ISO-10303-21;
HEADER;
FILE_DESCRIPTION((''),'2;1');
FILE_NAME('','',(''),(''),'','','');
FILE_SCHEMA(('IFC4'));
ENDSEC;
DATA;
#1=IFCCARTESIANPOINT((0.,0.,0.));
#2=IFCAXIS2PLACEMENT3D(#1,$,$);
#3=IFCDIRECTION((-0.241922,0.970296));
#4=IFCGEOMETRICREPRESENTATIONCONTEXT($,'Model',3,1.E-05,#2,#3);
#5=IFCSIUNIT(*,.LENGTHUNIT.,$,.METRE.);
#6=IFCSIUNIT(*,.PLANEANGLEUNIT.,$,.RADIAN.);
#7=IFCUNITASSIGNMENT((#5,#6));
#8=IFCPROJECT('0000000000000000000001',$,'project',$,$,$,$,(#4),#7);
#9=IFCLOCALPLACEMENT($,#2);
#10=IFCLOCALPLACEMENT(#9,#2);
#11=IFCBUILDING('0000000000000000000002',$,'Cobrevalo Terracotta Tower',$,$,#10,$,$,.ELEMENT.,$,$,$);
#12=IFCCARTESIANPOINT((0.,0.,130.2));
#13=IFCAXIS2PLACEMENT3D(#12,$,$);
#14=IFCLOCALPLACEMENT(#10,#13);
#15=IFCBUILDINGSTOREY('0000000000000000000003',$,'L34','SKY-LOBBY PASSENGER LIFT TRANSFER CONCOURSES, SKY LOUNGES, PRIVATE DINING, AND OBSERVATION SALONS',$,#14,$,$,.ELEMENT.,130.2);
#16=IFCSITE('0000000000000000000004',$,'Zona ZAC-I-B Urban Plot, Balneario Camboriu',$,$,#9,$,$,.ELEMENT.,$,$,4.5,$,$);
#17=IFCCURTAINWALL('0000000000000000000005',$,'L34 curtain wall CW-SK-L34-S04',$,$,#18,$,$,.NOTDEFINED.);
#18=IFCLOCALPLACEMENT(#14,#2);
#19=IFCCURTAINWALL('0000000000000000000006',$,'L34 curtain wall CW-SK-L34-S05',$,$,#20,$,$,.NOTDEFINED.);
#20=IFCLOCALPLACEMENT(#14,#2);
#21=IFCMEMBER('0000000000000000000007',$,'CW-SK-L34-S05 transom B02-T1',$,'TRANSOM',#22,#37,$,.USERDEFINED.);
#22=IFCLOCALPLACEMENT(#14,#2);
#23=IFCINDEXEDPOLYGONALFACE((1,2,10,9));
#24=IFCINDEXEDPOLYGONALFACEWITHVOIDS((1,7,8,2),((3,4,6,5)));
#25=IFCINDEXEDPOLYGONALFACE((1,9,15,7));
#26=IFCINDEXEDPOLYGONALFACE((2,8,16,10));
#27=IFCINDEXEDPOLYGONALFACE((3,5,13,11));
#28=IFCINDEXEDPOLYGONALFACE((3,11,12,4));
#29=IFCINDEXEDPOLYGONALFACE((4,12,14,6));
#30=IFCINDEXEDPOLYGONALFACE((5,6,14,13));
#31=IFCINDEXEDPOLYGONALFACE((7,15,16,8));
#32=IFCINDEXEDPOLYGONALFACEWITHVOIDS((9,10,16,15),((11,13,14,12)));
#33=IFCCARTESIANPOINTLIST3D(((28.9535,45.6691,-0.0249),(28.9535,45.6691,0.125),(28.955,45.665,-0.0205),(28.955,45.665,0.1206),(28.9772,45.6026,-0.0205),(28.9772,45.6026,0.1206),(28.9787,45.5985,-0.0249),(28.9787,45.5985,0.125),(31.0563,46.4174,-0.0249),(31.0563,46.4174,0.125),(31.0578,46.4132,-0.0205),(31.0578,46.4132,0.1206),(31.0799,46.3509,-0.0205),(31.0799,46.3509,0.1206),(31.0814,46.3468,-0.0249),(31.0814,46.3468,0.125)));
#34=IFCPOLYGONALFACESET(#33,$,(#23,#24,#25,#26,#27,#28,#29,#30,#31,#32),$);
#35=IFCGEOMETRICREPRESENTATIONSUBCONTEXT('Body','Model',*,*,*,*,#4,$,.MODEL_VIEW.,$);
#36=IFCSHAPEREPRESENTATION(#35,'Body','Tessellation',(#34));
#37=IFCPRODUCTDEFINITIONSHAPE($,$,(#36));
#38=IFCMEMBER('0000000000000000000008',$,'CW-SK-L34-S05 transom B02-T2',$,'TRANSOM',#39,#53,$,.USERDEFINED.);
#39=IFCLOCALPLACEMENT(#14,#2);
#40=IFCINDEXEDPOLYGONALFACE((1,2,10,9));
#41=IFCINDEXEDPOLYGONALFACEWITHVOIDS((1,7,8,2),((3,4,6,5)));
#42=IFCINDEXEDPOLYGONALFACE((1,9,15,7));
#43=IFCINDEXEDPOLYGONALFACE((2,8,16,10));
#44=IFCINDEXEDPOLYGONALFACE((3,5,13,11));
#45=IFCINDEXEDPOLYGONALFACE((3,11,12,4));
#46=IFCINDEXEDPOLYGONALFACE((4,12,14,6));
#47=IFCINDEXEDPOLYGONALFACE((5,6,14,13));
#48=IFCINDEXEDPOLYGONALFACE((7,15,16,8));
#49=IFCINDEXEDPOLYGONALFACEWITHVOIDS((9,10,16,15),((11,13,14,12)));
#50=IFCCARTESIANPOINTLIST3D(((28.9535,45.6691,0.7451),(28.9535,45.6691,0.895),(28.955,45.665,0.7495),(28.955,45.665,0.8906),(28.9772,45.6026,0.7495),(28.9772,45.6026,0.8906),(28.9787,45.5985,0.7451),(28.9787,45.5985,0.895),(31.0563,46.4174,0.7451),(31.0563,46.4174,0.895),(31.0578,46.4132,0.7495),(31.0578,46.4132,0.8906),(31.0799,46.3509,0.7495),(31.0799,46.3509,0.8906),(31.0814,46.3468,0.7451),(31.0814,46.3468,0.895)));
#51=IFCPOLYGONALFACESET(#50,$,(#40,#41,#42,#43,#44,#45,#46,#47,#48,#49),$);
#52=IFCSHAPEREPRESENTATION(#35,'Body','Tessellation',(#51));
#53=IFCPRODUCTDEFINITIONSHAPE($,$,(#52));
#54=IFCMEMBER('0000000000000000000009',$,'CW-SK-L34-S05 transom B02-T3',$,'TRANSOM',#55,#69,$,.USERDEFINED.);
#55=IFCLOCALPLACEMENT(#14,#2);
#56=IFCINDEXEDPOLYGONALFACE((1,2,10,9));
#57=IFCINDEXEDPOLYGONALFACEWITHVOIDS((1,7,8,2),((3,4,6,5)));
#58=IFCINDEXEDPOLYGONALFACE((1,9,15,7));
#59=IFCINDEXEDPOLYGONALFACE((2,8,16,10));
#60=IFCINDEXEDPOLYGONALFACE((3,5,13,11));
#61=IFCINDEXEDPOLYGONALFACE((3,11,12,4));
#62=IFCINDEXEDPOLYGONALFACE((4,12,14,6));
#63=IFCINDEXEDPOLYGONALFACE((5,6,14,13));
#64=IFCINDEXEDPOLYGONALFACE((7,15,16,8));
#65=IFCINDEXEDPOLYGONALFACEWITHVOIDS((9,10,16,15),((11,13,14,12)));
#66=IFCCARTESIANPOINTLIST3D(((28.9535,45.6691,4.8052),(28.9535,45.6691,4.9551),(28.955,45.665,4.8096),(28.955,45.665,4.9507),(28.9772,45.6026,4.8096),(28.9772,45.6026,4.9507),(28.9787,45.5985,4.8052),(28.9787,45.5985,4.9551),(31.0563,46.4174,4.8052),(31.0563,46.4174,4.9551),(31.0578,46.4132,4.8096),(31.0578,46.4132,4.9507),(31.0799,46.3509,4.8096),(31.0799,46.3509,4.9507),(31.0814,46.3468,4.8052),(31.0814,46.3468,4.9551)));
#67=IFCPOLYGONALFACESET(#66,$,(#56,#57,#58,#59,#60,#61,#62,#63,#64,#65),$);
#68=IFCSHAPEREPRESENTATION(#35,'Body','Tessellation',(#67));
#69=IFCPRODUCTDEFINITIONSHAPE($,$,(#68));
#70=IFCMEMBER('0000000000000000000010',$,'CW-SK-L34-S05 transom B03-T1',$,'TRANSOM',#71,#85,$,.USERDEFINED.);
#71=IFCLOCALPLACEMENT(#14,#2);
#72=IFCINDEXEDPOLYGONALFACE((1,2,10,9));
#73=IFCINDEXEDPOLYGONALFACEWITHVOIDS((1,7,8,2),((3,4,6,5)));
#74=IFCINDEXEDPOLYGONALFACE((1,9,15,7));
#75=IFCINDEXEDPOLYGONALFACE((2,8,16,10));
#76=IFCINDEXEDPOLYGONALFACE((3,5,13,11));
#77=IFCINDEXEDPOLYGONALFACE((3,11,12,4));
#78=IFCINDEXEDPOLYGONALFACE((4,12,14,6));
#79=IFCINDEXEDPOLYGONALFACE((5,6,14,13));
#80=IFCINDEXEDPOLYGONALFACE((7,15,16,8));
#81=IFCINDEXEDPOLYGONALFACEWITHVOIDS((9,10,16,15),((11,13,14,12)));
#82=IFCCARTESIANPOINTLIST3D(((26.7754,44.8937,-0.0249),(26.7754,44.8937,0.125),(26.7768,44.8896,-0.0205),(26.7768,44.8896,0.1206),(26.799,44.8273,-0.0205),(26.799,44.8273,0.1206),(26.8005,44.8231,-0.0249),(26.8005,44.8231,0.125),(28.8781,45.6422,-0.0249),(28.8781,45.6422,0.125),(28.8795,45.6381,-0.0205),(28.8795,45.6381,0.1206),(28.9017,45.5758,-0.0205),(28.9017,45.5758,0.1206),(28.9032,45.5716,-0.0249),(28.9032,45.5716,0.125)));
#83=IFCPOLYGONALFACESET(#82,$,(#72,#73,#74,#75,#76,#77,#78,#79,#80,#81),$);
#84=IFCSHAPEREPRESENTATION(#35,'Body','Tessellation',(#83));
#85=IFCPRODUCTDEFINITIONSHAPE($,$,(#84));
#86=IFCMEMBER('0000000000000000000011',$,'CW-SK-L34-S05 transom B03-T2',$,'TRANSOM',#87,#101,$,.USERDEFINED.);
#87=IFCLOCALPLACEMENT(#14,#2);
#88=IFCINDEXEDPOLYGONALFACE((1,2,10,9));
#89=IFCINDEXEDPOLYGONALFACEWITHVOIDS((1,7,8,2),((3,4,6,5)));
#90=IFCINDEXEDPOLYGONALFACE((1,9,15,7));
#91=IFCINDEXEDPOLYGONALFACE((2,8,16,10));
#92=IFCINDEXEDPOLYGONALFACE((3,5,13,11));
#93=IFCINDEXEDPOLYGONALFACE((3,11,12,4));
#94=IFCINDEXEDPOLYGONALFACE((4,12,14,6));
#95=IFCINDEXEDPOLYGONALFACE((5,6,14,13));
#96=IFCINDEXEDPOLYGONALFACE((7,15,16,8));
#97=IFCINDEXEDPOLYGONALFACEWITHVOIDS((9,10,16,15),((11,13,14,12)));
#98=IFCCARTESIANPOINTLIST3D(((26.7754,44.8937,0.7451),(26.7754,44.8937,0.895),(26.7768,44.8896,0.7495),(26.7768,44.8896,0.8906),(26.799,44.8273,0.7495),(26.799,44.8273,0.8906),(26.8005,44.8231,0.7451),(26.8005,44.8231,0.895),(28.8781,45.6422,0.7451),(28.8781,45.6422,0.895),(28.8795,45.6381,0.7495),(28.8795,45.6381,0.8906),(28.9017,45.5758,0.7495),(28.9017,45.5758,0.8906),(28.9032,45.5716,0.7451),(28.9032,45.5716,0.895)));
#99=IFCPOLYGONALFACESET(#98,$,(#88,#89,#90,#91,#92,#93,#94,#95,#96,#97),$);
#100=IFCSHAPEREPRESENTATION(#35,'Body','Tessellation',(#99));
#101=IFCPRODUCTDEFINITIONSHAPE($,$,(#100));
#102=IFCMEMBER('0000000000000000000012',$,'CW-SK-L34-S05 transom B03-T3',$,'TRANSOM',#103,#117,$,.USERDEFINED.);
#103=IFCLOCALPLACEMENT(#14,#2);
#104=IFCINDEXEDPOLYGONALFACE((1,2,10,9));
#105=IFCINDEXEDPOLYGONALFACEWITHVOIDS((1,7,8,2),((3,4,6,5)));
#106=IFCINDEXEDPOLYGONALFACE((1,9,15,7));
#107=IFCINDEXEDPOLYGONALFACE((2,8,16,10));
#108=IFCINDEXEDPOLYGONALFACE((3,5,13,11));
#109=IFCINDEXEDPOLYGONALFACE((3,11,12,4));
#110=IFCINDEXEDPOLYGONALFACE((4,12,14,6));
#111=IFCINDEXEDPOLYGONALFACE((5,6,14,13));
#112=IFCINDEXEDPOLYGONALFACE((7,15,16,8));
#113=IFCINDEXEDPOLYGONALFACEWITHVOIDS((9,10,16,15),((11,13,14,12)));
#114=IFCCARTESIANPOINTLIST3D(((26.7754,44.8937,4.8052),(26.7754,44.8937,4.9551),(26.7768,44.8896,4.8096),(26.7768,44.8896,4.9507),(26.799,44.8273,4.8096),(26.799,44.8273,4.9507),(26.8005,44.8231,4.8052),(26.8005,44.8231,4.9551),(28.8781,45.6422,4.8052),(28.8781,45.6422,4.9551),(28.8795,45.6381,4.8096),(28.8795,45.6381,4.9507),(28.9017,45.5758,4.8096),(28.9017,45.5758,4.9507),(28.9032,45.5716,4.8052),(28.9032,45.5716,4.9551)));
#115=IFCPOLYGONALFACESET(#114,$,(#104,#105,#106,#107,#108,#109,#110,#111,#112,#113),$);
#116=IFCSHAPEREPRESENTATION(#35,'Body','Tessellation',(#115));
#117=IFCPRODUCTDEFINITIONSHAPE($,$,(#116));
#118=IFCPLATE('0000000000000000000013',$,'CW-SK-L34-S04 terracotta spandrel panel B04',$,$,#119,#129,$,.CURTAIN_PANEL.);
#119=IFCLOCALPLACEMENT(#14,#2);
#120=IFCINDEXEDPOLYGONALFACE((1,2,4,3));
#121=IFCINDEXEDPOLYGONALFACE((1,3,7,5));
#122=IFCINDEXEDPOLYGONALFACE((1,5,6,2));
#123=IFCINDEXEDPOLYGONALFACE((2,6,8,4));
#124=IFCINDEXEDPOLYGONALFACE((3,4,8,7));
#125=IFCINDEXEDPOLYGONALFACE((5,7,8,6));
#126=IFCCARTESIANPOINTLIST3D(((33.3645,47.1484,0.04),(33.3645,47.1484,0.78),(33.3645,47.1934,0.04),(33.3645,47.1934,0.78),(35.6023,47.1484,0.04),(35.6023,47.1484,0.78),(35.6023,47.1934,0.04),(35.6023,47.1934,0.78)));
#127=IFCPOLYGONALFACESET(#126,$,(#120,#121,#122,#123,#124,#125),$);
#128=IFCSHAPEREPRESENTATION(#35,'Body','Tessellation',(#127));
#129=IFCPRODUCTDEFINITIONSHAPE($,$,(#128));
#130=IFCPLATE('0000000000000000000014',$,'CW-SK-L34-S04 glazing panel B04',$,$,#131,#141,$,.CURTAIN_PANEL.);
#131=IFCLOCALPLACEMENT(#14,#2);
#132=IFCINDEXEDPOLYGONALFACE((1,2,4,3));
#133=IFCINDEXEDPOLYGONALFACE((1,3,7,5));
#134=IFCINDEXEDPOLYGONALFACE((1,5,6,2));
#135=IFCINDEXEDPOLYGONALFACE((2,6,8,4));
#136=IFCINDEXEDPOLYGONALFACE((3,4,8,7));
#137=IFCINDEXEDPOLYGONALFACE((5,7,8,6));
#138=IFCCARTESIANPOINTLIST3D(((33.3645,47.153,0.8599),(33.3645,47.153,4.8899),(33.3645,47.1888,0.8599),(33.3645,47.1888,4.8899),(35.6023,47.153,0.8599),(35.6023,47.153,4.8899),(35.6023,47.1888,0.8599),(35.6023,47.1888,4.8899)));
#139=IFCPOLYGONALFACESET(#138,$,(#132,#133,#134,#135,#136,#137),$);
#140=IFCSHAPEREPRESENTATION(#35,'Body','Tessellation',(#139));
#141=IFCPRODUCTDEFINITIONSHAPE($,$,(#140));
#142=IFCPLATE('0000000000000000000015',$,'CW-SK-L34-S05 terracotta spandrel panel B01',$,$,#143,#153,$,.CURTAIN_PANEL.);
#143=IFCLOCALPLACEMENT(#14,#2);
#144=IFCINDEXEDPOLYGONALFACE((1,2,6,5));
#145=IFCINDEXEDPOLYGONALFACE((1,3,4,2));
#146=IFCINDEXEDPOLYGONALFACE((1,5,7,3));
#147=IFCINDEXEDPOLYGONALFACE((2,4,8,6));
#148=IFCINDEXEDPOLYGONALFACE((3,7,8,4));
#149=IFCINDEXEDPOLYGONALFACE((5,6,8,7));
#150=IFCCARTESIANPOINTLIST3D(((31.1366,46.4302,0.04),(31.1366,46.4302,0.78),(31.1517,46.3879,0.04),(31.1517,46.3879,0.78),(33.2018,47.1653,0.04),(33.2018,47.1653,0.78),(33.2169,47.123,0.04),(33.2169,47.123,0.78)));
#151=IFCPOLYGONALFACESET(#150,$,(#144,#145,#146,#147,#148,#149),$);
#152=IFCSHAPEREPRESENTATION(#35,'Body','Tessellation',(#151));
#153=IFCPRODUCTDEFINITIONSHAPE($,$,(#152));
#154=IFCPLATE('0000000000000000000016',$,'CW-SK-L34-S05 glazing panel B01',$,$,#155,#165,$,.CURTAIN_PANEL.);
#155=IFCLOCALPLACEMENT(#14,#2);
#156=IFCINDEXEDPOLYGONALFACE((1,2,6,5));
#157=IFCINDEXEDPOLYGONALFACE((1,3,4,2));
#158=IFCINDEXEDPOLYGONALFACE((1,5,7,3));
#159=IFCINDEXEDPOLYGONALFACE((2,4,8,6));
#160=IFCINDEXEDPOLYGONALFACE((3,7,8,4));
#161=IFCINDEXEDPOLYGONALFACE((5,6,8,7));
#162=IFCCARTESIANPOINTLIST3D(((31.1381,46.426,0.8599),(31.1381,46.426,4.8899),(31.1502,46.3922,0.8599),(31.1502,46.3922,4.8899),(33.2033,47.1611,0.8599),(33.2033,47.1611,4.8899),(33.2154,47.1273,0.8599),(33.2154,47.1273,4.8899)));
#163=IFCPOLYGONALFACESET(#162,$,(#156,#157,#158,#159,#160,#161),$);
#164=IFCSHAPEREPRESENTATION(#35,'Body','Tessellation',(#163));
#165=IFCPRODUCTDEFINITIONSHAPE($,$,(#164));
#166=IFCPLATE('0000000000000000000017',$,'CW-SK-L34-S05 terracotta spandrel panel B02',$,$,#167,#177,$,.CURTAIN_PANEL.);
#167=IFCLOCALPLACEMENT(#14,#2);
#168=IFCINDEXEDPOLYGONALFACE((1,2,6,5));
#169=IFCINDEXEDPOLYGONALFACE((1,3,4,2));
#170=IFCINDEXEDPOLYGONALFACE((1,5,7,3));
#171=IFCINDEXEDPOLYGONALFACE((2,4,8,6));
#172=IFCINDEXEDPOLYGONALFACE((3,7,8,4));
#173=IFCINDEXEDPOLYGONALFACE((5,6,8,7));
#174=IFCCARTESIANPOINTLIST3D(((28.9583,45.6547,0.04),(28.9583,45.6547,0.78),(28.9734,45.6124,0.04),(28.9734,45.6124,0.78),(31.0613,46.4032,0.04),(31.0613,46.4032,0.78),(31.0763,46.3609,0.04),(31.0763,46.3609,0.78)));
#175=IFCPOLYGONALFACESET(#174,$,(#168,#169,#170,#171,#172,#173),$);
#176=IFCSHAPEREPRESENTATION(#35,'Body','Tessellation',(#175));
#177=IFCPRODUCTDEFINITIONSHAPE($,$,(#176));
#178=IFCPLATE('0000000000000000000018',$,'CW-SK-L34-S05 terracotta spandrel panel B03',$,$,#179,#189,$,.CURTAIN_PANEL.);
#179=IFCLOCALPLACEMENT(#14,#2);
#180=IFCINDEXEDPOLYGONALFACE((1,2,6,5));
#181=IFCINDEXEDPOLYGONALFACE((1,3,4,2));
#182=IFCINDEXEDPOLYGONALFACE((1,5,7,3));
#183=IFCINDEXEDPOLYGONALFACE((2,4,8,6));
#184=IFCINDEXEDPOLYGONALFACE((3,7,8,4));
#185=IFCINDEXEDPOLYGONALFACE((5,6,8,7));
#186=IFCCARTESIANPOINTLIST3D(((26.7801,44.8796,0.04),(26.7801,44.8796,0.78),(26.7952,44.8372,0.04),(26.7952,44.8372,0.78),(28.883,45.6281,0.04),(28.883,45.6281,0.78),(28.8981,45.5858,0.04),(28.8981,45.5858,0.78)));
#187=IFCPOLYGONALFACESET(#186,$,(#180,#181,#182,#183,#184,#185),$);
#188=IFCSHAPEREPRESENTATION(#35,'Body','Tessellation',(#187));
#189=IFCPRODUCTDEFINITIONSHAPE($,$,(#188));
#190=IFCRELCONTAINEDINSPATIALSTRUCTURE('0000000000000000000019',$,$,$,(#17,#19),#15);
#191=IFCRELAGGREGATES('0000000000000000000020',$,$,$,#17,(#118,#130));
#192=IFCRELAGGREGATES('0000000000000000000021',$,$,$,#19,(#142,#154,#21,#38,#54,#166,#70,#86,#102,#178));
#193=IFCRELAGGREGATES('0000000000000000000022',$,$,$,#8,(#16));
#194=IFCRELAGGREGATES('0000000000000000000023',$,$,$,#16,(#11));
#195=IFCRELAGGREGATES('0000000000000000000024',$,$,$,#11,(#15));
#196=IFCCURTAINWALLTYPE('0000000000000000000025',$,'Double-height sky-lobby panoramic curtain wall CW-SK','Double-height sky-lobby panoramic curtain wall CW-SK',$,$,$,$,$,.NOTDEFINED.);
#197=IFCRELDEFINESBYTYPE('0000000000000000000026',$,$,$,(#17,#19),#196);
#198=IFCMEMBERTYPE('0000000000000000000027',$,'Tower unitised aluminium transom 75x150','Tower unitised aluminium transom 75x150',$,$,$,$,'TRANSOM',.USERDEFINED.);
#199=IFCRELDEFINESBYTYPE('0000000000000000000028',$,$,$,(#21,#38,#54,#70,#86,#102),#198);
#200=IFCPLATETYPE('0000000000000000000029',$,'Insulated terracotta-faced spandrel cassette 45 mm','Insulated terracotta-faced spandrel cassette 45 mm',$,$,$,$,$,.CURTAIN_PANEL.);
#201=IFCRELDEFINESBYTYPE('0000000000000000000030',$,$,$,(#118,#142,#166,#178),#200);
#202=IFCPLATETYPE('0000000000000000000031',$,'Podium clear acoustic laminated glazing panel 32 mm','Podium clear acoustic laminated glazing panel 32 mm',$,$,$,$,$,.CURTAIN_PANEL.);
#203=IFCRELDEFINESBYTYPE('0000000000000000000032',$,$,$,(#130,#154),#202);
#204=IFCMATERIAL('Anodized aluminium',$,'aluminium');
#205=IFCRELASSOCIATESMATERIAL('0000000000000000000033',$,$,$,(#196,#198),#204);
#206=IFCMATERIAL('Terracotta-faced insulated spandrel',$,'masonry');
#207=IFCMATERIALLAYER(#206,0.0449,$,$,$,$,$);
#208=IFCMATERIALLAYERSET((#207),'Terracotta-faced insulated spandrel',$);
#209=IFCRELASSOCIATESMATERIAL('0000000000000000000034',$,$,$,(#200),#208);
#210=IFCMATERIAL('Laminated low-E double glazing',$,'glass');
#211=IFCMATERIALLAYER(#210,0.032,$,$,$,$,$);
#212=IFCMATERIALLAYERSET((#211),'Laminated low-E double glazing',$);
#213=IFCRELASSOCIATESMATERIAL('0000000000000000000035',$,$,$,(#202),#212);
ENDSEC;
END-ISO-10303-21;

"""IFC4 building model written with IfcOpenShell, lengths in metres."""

from ifc_helpers import new_model, si_unit, direction, frame, origin, origin_2d, place, context, subcontext, project, spatial, rectangle, hollow_rectangle, extrude, source, transform, mapped, material, layer, layer_set, material_profile, profile_set, type_object, element, aggregate, save


model = new_model("IFC4")

# Units and contexts
model_context = context("Model", 3, precision=1e-05, world=origin(), true_north=direction((-0.241922, 0.970296)))
body_context = subcontext(model_context, "Body", "Model", "MODEL_VIEW")
ifc_project = project(units=[si_unit("LENGTHUNIT", "METRE"), si_unit("PLANEANGLEUNIT", "RADIAN")], contexts=[model_context])

# Site, building, storey
site_placement = place(None, origin())
site = spatial("IfcSite", under=ifc_project, at=site_placement, Name="Zona ZAC-I-B Urban Plot, Balneario Camboriu", CompositionType="ELEMENT", RefElevation=4.5)
building_placement = place(site_placement, origin())
building = spatial("IfcBuilding", under=site, at=building_placement, Name="Cobrevalo Terracotta Tower", CompositionType="ELEMENT")
storey_placement = place(building_placement, frame((0.0, 0.0, 130.2)))
storey = spatial("IfcBuildingStorey", under=building, at=storey_placement, Name="L34", Description="SKY-LOBBY PASSENGER LIFT TRANSFER CONCOURSES, SKY LOUNGES, PRIVATE DINING, AND OBSERVATION SALONS", CompositionType="ELEMENT", Elevation=130.2)

# Curtain walls
ifc_material_1 = material(Name="Anodized aluminium", Category="aluminium")
curtain_wall_type = type_object("IfcCurtainWallType", Name="Double-height sky-lobby panoramic curtain wall CW-SK", Description="Double-height sky-lobby panoramic curtain wall CW-SK", PredefinedType="NOTDEFINED", material=ifc_material_1)
curtain_wall_1_placement = place(storey_placement, origin())
curtain_wall_1 = element("IfcCurtainWall", 1, at=curtain_wall_1_placement, inside=storey, type_object=curtain_wall_type, Name="L34 curtain wall CW-SK-L34-S04", PredefinedType="NOTDEFINED")
curtain_wall_2_placement = place(storey_placement, origin())
curtain_wall_2 = element("IfcCurtainWall", 2, at=curtain_wall_2_placement, inside=storey, type_object=curtain_wall_type, Name="L34 curtain wall CW-SK-L34-S05", PredefinedType="NOTDEFINED")

# Members
ifc_material_profile_1 = material_profile(ifc_material_1, hollow_rectangle(XDim=0.075, YDim=0.1499, WallThickness=0.0044, at=origin_2d()), Name="CWT 75x150")
ifc_profile_set_1 = profile_set([ifc_material_profile_1], Name="Anodized aluminium")
member_type_1 = type_object("IfcMemberType", Name="Tower unitised aluminium transom 75x150", Description="Tower unitised aluminium transom 75x150", ElementType="TRANSOM", PredefinedType="USERDEFINED", material=ifc_profile_set_1)
shared_shape_1 = source(origin(), body_context, "Body", "SweptSolid", [
    extrude(hollow_rectangle(XDim=0.075, YDim=0.1499, WallThickness=0.0044, at=origin_2d()), origin(), (0.0, 0.0, 1.0), 2.2319),
])
member_1_placement = place(storey_placement, frame((31.0688, 46.3821, 0.05), z_axis=(-0.942125, -0.335262, 0.0), x_axis=(0.335262, -0.942125, 0.0)))
member_1 = element("IfcMember", 3, at=member_1_placement, type_object=member_type_1, Name="CW-SK-L34-S05 transom B02-T1", ObjectType="TRANSOM", PredefinedType="USERDEFINED", context=body_context, shape_type="MappedRepresentation", body=[
    mapped(shared_shape_1, transform((0.0, 0.0, 0.0), scale=1.0)),
])
member_2_placement = place(storey_placement, frame((31.0688, 46.3821, 0.8201), z_axis=(-0.942125, -0.335262, 0.0), x_axis=(0.335262, -0.942125, 0.0)))
member_2 = element("IfcMember", 4, at=member_2_placement, type_object=member_type_1, Name="CW-SK-L34-S05 transom B02-T2", ObjectType="TRANSOM", PredefinedType="USERDEFINED", context=body_context, shape_type="MappedRepresentation", body=[
    mapped(shared_shape_1, transform((0.0, 0.0, 0.0), scale=1.0)),
])
member_3_placement = place(storey_placement, frame((31.0688, 46.3821, 4.8801), z_axis=(-0.942125, -0.335262, 0.0), x_axis=(0.335262, -0.942125, 0.0)))
member_3 = element("IfcMember", 5, at=member_3_placement, type_object=member_type_1, Name="CW-SK-L34-S05 transom B02-T3", ObjectType="TRANSOM", PredefinedType="USERDEFINED", context=body_context, shape_type="MappedRepresentation", body=[
    mapped(shared_shape_1, transform((0.0, 0.0, 0.0), scale=1.0)),
])
member_4_placement = place(storey_placement, frame((28.8906, 45.6069, 0.05), z_axis=(-0.94209, -0.335359, 0.0), x_axis=(0.335359, -0.94209, 0.0)))
member_4 = element("IfcMember", 6, at=member_4_placement, type_object=member_type_1, Name="CW-SK-L34-S05 transom B03-T1", ObjectType="TRANSOM", PredefinedType="USERDEFINED", context=body_context, shape_type="MappedRepresentation", body=[
    mapped(shared_shape_1, transform((0.0, 0.0, 0.0), scale=1.0)),
])
member_5_placement = place(storey_placement, frame((28.8906, 45.6069, 0.8201), z_axis=(-0.94209, -0.335359, 0.0), x_axis=(0.335359, -0.94209, 0.0)))
member_5 = element("IfcMember", 7, at=member_5_placement, type_object=member_type_1, Name="CW-SK-L34-S05 transom B03-T2", ObjectType="TRANSOM", PredefinedType="USERDEFINED", context=body_context, shape_type="MappedRepresentation", body=[
    mapped(shared_shape_1, transform((0.0, 0.0, 0.0), scale=1.0)),
])
member_6_placement = place(storey_placement, frame((28.8906, 45.6069, 4.8801), z_axis=(-0.94209, -0.335359, 0.0), x_axis=(0.335359, -0.94209, 0.0)))
member_6 = element("IfcMember", 8, at=member_6_placement, type_object=member_type_1, Name="CW-SK-L34-S05 transom B03-T3", ObjectType="TRANSOM", PredefinedType="USERDEFINED", context=body_context, shape_type="MappedRepresentation", body=[
    mapped(shared_shape_1, transform((0.0, 0.0, 0.0), scale=1.0)),
])

# Plates
ifc_material_2 = material(Name="Terracotta-faced insulated spandrel", Category="masonry")
ifc_layer_1 = layer(ifc_material_2, 0.0449)
ifc_layer_set_1 = layer_set([ifc_layer_1], Name="Terracotta-faced insulated spandrel")
plate_type_1 = type_object("IfcPlateType", Name="Insulated terracotta-faced spandrel cassette 45 mm", Description="Insulated terracotta-faced spandrel cassette 45 mm", PredefinedType="CURTAIN_PANEL", material=ifc_layer_set_1)
shared_shape_2 = source(origin(), body_context, "Body", "SweptSolid", [
    extrude(rectangle(XDim=2.2378, YDim=0.0449, at=origin_2d()), origin(), (0.0, 0.0, 1.0), 0.74),
])
plate_1_placement = place(storey_placement, frame((34.4834, 47.1709, 0.04), z_axis=(0.0, 0.0, 1.0), x_axis=(-1.0, 0.0, 0.0)))
plate_1 = element("IfcPlate", 9, at=plate_1_placement, type_object=plate_type_1, Name="CW-SK-L34-S04 terracotta spandrel panel B04", PredefinedType="CURTAIN_PANEL", context=body_context, shape_type="MappedRepresentation", body=[
    mapped(shared_shape_2, transform((0.0, 0.0, 0.0), scale=1.0)),
])
ifc_material_3 = material(Name="Laminated low-E double glazing", Category="glass")
ifc_layer_2 = layer(ifc_material_3, 0.032)
ifc_layer_set_2 = layer_set([ifc_layer_2], Name="Laminated low-E double glazing")
plate_type_2 = type_object("IfcPlateType", Name="Podium clear acoustic laminated glazing panel 32 mm", Description="Podium clear acoustic laminated glazing panel 32 mm", PredefinedType="CURTAIN_PANEL", material=ifc_layer_set_2)
shared_shape_3 = source(origin(), body_context, "Body", "SweptSolid", [
    extrude(rectangle(XDim=2.2378, YDim=0.0359, at=origin_2d()), origin(), (0.0, 0.0, 1.0), 4.03),
])
plate_2_placement = place(storey_placement, frame((34.4834, 47.1709, 0.8599), z_axis=(0.0, 0.0, 1.0), x_axis=(-1.0, 0.0, 0.0)))
plate_2 = element("IfcPlate", 10, at=plate_2_placement, type_object=plate_type_2, Name="CW-SK-L34-S04 glazing panel B04", PredefinedType="CURTAIN_PANEL", context=body_context, shape_type="MappedRepresentation", body=[
    mapped(shared_shape_3, transform((0.0, 0.0, 0.0), scale=1.0)),
])
aggregate(curtain_wall_1, [plate_1, plate_2])
shared_shape_4 = source(origin(), body_context, "Body", "SweptSolid", [
    extrude(rectangle(XDim=2.1921, YDim=0.0449, at=origin_2d()), origin(), (0.0, 0.0, 1.0), 0.74),
])
plate_3_placement = place(storey_placement, frame((32.1768, 46.7766, 0.04), z_axis=(0.0, 0.0, 1.0), x_axis=(-0.942098, -0.335336, 0.0)))
plate_3 = element("IfcPlate", 11, at=plate_3_placement, type_object=plate_type_1, Name="CW-SK-L34-S05 terracotta spandrel panel B01", PredefinedType="CURTAIN_PANEL", context=body_context, shape_type="MappedRepresentation", body=[
    mapped(shared_shape_4, transform((0.0, 0.0, 0.0), scale=1.0)),
])
shared_shape_5 = source(origin(), body_context, "Body", "SweptSolid", [
    extrude(rectangle(XDim=2.1921, YDim=0.0359, at=origin_2d()), origin(), (0.0, 0.0, 1.0), 4.03),
])
plate_4_placement = place(storey_placement, frame((32.1768, 46.7766, 0.8599), z_axis=(0.0, 0.0, 1.0), x_axis=(-0.942098, -0.335336, 0.0)))
plate_4 = element("IfcPlate", 12, at=plate_4_placement, type_object=plate_type_2, Name="CW-SK-L34-S05 glazing panel B01", PredefinedType="CURTAIN_PANEL", context=body_context, shape_type="MappedRepresentation", body=[
    mapped(shared_shape_5, transform((0.0, 0.0, 0.0), scale=1.0)),
])
shared_shape_6 = source(origin(), body_context, "Body", "SweptSolid", [
    extrude(rectangle(XDim=2.2322, YDim=0.0449, at=origin_2d()), origin(), (0.0, 0.0, 1.0), 0.74),
])
plate_5_placement = place(storey_placement, frame((30.0173, 46.0078, 0.04), z_axis=(0.0, 0.0, 1.0), x_axis=(-0.942098, -0.335336, 0.0)))
plate_5 = element("IfcPlate", 13, at=plate_5_placement, type_object=plate_type_1, Name="CW-SK-L34-S05 terracotta spandrel panel B02", PredefinedType="CURTAIN_PANEL", context=body_context, shape_type="MappedRepresentation", body=[
    mapped(shared_shape_6, transform((0.0, 0.0, 0.0), scale=1.0)),
])
plate_6_placement = place(storey_placement, frame((27.8391, 45.2327, 0.04), z_axis=(0.0, 0.0, 1.0), x_axis=(-0.942098, -0.335336, 0.0)))
plate_6 = element("IfcPlate", 14, at=plate_6_placement, type_object=plate_type_1, Name="CW-SK-L34-S05 terracotta spandrel panel B03", PredefinedType="CURTAIN_PANEL", context=body_context, shape_type="MappedRepresentation", body=[
    mapped(shared_shape_6, transform((0.0, 0.0, 0.0), scale=1.0)),
])
aggregate(curtain_wall_2, [plate_3, plate_4, member_1, member_2, member_3, plate_5, member_4, member_5, member_6, plate_6])

save(model, "model.ifc")
